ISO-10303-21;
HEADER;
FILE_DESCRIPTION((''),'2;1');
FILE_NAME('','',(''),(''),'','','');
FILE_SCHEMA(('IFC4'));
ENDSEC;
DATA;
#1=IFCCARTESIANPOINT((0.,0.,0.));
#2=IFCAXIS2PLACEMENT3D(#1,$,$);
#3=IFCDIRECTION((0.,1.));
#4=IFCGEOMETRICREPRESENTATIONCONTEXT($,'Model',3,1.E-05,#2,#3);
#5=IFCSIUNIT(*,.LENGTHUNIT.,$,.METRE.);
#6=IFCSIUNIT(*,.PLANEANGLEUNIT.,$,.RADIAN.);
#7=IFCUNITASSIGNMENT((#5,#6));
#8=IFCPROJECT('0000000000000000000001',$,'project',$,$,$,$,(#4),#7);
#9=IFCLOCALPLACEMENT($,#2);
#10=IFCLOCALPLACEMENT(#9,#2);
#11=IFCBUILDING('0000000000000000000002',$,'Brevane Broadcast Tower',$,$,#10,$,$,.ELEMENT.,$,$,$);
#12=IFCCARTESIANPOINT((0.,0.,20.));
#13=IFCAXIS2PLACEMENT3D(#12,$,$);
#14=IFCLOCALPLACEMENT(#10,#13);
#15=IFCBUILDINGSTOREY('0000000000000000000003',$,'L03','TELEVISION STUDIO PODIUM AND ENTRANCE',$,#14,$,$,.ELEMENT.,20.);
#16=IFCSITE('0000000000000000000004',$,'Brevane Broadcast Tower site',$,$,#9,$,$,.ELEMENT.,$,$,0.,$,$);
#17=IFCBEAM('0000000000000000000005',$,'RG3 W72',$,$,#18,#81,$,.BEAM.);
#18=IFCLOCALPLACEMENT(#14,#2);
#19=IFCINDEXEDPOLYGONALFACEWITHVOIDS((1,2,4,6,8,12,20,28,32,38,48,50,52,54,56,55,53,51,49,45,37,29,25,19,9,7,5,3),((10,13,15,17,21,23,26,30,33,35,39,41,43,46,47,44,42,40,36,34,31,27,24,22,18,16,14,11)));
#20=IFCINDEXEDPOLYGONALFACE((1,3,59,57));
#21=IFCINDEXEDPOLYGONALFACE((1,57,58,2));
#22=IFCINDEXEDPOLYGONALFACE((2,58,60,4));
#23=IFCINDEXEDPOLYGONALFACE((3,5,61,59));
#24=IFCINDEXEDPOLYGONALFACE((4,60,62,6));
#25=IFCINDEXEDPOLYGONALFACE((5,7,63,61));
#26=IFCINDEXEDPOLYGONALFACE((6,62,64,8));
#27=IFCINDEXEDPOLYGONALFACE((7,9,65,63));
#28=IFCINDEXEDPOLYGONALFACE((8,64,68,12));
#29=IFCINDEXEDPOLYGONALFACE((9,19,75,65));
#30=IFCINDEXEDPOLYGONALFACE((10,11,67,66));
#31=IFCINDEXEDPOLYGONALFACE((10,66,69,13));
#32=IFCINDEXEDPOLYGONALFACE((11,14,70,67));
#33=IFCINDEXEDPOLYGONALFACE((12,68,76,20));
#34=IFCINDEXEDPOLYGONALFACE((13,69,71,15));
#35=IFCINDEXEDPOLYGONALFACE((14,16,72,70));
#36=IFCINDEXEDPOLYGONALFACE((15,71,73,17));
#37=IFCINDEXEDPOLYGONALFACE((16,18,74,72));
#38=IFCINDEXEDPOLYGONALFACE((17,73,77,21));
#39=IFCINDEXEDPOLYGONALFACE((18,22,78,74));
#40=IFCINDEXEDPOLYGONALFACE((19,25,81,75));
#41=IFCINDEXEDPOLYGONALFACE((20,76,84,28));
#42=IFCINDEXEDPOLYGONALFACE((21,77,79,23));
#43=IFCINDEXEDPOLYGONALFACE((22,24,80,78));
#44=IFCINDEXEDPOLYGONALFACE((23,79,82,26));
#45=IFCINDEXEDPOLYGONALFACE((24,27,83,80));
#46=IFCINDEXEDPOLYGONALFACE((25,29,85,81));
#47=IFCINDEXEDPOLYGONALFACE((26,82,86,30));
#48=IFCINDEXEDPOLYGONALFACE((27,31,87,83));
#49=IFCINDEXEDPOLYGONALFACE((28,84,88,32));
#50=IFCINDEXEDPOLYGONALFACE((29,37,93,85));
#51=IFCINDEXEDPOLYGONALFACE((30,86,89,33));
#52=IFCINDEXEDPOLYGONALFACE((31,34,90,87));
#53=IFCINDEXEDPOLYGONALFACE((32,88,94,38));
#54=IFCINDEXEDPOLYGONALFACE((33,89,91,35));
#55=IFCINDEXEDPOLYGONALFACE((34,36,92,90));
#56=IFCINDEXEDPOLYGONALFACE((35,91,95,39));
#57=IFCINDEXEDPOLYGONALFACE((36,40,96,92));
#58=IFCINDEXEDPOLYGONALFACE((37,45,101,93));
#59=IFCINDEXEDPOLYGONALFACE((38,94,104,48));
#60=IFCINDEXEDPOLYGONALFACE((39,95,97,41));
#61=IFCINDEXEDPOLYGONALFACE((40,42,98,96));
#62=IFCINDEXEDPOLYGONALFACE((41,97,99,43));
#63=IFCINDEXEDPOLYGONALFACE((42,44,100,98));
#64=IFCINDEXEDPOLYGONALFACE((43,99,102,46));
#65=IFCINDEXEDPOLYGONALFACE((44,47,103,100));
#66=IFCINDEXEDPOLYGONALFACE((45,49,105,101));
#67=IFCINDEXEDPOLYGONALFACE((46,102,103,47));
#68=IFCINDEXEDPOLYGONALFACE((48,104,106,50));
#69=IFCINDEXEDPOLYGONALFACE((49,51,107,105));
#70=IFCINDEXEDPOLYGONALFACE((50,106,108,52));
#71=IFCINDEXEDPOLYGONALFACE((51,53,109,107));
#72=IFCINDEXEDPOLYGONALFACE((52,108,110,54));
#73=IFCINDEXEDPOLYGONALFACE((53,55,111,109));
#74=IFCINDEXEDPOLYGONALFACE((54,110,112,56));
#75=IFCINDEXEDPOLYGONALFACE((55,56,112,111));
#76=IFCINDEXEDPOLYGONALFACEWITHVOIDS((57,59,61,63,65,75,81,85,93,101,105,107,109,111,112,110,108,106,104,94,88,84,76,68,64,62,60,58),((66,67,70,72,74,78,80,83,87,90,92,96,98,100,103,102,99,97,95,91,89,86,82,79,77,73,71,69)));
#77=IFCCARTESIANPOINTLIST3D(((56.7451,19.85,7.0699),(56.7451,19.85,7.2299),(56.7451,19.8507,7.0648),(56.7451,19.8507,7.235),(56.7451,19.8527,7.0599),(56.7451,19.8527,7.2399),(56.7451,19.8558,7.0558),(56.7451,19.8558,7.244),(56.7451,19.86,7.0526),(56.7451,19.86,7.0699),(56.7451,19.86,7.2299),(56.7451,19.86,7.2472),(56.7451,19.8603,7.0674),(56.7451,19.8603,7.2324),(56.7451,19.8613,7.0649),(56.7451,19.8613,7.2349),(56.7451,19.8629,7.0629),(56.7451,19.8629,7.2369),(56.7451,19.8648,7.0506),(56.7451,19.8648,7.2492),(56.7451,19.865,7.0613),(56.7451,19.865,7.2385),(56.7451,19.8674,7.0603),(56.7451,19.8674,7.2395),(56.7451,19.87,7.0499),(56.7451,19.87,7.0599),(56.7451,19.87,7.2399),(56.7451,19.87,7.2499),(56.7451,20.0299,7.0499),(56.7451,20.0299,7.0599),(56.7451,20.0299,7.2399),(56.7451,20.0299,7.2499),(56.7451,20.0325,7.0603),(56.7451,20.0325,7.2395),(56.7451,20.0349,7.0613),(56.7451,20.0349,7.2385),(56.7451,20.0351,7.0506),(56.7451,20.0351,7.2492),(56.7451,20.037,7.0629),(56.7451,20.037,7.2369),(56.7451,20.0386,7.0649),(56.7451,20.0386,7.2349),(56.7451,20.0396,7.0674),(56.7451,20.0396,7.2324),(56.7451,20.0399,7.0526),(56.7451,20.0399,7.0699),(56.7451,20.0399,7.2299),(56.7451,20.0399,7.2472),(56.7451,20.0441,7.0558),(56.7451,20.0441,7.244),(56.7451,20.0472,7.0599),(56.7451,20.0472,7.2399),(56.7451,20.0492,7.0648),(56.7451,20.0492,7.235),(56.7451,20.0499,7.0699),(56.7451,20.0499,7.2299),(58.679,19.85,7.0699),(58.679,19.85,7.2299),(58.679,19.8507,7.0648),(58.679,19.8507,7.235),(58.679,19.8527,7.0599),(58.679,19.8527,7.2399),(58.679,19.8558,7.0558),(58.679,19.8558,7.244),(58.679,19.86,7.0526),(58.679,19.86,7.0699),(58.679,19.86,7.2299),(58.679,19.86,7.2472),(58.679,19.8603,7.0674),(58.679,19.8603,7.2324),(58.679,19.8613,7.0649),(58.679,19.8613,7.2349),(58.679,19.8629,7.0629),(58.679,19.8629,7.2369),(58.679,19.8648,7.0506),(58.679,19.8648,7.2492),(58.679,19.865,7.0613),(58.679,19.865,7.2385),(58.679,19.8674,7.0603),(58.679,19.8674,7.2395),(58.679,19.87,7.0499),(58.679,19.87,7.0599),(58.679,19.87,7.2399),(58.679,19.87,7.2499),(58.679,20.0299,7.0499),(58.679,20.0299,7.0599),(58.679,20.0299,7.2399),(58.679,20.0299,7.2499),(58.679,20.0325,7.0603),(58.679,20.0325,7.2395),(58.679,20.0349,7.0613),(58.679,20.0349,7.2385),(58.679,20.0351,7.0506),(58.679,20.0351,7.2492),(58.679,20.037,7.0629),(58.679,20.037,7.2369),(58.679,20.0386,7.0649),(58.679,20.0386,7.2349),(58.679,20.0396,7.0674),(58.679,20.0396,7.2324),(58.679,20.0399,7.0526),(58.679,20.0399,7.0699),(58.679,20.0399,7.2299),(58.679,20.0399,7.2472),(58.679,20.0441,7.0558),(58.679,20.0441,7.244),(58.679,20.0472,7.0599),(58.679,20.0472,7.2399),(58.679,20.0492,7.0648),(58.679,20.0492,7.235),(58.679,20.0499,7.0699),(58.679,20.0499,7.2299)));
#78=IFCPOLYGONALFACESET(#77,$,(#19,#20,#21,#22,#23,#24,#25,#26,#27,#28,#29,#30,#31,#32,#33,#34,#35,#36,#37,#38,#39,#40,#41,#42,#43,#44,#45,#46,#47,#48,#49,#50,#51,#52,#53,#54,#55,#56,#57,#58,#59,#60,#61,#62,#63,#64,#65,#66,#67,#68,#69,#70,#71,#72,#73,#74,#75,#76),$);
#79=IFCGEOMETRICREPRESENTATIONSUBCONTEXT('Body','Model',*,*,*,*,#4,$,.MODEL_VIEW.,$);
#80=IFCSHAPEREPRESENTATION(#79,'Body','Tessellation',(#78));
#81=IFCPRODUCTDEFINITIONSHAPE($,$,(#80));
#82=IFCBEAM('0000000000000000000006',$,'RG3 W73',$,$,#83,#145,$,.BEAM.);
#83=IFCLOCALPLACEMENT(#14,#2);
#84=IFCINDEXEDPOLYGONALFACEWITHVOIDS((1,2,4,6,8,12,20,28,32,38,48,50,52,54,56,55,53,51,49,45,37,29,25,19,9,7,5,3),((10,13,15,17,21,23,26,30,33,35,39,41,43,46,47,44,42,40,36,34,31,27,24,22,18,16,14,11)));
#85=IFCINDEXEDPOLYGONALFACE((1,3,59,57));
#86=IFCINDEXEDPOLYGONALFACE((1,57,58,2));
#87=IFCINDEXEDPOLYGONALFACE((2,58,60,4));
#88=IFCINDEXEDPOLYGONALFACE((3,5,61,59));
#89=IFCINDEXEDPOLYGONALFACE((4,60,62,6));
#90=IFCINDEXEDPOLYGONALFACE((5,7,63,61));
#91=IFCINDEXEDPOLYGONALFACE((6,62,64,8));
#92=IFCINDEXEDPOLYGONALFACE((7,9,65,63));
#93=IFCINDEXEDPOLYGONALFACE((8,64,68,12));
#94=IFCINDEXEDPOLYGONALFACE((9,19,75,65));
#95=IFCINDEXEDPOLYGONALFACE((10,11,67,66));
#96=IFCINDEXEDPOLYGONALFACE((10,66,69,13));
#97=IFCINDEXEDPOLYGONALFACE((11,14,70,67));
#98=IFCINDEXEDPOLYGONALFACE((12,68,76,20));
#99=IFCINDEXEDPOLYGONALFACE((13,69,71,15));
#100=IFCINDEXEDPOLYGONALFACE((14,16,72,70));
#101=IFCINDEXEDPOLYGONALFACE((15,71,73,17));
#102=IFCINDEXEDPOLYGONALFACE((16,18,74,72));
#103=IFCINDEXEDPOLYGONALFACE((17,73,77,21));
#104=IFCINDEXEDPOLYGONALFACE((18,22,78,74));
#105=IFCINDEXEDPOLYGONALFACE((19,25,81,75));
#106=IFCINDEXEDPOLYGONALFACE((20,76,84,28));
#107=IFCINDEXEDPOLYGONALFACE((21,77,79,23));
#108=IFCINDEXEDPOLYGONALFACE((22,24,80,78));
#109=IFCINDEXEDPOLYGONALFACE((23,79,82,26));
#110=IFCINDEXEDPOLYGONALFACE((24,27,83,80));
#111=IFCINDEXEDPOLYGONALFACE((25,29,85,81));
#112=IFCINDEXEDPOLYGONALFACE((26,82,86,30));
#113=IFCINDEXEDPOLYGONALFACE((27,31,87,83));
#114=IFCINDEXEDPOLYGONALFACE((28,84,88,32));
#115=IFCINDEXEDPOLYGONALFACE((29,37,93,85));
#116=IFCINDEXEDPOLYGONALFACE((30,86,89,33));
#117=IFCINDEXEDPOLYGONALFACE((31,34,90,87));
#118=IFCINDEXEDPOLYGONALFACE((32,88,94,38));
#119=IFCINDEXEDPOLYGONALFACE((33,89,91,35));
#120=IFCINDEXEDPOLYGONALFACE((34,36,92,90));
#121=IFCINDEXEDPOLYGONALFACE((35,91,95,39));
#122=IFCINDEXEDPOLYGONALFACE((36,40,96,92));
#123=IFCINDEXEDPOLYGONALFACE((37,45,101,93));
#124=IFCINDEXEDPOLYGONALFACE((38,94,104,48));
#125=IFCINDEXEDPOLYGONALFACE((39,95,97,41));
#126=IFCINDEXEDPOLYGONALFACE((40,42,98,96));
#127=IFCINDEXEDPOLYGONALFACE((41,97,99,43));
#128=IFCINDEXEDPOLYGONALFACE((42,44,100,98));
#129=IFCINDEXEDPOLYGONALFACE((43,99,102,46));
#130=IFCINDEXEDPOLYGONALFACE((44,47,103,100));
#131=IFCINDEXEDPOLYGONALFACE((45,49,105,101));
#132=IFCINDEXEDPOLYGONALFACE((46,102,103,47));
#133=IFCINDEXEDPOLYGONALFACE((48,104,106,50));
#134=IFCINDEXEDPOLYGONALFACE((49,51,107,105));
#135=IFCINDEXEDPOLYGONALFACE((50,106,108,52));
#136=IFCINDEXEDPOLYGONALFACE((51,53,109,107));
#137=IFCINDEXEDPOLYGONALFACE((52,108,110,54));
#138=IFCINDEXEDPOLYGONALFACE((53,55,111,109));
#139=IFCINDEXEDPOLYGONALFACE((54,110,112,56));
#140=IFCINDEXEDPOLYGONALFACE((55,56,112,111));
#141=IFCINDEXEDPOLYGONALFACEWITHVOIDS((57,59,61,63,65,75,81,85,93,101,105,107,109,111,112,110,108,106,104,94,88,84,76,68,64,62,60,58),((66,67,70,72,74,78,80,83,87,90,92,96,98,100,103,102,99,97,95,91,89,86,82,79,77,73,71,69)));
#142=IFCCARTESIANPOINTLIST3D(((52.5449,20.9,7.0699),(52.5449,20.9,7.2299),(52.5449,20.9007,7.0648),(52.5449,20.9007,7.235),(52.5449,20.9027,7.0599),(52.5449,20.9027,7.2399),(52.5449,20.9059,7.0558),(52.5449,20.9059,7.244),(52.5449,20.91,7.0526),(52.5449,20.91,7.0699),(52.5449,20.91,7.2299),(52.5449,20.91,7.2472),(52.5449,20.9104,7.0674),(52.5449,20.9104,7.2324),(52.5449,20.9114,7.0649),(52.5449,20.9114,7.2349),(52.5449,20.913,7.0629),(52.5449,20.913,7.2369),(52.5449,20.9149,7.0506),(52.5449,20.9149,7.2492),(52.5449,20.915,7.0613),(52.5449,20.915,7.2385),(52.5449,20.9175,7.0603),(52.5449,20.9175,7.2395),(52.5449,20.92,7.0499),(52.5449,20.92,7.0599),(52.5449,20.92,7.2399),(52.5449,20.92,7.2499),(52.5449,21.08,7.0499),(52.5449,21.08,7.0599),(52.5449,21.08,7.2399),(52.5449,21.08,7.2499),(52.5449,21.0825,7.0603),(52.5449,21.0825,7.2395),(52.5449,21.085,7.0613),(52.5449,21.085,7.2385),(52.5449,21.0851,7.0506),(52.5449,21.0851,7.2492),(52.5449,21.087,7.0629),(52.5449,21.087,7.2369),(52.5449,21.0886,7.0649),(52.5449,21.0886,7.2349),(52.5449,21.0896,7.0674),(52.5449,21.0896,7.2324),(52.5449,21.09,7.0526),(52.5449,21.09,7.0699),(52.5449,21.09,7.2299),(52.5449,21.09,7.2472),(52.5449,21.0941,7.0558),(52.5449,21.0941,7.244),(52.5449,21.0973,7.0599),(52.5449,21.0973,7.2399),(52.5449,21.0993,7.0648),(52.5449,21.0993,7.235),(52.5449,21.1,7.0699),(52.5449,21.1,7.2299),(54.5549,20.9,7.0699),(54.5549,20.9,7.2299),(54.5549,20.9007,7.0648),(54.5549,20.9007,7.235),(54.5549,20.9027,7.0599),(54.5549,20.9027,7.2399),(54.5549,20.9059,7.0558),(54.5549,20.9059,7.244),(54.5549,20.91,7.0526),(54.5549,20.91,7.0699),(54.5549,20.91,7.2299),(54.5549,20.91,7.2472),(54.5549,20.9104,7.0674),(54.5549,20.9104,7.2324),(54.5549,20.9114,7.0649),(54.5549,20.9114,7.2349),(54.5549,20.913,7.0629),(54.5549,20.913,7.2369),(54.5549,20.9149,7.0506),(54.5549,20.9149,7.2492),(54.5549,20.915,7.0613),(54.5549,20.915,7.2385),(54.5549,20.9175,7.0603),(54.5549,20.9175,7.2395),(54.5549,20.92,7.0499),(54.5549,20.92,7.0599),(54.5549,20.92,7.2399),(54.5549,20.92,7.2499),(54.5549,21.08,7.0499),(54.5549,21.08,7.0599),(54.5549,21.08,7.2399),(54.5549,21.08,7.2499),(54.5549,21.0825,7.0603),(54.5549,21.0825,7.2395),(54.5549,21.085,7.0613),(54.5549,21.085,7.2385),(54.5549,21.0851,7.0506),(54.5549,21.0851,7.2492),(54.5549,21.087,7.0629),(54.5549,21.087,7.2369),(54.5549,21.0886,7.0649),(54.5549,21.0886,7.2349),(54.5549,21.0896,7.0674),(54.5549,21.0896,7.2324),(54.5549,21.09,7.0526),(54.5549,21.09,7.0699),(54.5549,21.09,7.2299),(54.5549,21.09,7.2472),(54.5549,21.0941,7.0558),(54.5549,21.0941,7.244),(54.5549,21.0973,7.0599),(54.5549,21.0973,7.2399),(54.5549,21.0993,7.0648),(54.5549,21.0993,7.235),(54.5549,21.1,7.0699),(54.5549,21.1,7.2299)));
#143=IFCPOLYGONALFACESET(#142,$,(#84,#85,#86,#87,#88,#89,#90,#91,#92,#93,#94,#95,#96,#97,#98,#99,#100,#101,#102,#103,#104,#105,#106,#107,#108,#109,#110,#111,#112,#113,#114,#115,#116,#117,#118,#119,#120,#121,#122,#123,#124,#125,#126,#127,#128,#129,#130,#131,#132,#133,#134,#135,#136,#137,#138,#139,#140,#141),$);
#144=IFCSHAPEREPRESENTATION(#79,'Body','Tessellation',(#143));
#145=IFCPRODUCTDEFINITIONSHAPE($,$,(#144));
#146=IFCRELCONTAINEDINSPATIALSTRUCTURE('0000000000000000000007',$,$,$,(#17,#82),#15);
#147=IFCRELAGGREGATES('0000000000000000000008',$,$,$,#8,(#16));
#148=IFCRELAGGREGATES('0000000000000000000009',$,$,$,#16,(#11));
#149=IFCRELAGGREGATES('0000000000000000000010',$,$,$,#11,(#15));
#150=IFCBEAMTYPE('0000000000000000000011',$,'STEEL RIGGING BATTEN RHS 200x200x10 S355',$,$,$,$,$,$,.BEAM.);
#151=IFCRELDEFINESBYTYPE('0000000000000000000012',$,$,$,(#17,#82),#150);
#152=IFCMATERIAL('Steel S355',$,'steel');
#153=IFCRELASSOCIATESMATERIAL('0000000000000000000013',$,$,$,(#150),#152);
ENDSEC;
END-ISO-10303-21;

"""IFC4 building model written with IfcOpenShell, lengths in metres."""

from ifc_helpers import new_model, si_unit, direction, frame, origin, origin_2d, place, context, subcontext, project, spatial, hollow_rectangle, extrude, material, material_profile, profile_set, type_object, element, save


model = new_model("IFC4")

# Units and contexts
model_context = context("Model", 3, precision=1e-05, world=origin(), true_north=direction((0.0, 1.0)))
body_context = subcontext(model_context, "Body", "Model", "MODEL_VIEW")
ifc_project = project(units=[si_unit("LENGTHUNIT", "METRE"), si_unit("PLANEANGLEUNIT", "RADIAN")], contexts=[model_context])

# Site, building, storey
site_placement = place(None, origin())
site = spatial("IfcSite", under=ifc_project, at=site_placement, Name="Brevane Broadcast Tower site", CompositionType="ELEMENT", RefElevation=0.0)
building_placement = place(site_placement, origin())
building = spatial("IfcBuilding", under=site, at=building_placement, Name="Brevane Broadcast Tower", CompositionType="ELEMENT")
storey_placement = place(building_placement, frame((0.0, 0.0, 20.0)))
storey = spatial("IfcBuildingStorey", under=building, at=storey_placement, Name="L03", Description="TELEVISION STUDIO PODIUM AND ENTRANCE", CompositionType="ELEMENT", Elevation=20.0)

# Beams
ifc_material_1 = material(Name="Steel S355", Category="steel")
ifc_material_profile_1 = material_profile(ifc_material_1, hollow_rectangle(XDim=0.2, YDim=0.2, WallThickness=0.01, InnerFilletRadius=0.01, OuterFilletRadius=0.02, at=origin_2d()), Name="RHS 200x200x10")
ifc_profile_set_1 = profile_set([ifc_material_profile_1], Name="Steel S355")
beam_type_1 = type_object("IfcBeamType", Name="STEEL RIGGING BATTEN RHS 200x200x10 S355", PredefinedType="BEAM", material=ifc_profile_set_1)
beam_1_placement = place(storey_placement, frame((56.7451, 19.95, 7.1499), z_axis=(1.0, 0.0, 0.0), x_axis=(0.0, 1.0, 0.0)))
element("IfcBeam", 1, at=beam_1_placement, inside=storey, type_object=beam_type_1, Name="RG3 W72", PredefinedType="BEAM", context=body_context, shape_type="SweptSolid", body=[
    extrude(hollow_rectangle(XDim=0.2, YDim=0.2, WallThickness=0.01, InnerFilletRadius=0.01, OuterFilletRadius=0.02, at=origin_2d()), origin(), (0.0, 0.0, 1.0), 1.9338),
])
for number, where, z_axis, x_axis, name in (
    (2, (52.5449, 21.0, 7.1499), (1.0, 0.0, 0.0), (0.0, 1.0, 0.0), "RG3 W73"),
):
    element("IfcBeam", number, at=place(storey_placement, frame(where, z_axis=z_axis, x_axis=x_axis)), inside=storey, type_object=beam_type_1, Name=name, PredefinedType="BEAM", context=body_context, shape_type="SweptSolid", body=[
        extrude(hollow_rectangle(XDim=0.2, YDim=0.2, WallThickness=0.01, InnerFilletRadius=0.01, OuterFilletRadius=0.02, at=origin_2d()), origin(), (0.0, 0.0, 1.0), 2.01),
    ])

save(model, "model.ifc")
